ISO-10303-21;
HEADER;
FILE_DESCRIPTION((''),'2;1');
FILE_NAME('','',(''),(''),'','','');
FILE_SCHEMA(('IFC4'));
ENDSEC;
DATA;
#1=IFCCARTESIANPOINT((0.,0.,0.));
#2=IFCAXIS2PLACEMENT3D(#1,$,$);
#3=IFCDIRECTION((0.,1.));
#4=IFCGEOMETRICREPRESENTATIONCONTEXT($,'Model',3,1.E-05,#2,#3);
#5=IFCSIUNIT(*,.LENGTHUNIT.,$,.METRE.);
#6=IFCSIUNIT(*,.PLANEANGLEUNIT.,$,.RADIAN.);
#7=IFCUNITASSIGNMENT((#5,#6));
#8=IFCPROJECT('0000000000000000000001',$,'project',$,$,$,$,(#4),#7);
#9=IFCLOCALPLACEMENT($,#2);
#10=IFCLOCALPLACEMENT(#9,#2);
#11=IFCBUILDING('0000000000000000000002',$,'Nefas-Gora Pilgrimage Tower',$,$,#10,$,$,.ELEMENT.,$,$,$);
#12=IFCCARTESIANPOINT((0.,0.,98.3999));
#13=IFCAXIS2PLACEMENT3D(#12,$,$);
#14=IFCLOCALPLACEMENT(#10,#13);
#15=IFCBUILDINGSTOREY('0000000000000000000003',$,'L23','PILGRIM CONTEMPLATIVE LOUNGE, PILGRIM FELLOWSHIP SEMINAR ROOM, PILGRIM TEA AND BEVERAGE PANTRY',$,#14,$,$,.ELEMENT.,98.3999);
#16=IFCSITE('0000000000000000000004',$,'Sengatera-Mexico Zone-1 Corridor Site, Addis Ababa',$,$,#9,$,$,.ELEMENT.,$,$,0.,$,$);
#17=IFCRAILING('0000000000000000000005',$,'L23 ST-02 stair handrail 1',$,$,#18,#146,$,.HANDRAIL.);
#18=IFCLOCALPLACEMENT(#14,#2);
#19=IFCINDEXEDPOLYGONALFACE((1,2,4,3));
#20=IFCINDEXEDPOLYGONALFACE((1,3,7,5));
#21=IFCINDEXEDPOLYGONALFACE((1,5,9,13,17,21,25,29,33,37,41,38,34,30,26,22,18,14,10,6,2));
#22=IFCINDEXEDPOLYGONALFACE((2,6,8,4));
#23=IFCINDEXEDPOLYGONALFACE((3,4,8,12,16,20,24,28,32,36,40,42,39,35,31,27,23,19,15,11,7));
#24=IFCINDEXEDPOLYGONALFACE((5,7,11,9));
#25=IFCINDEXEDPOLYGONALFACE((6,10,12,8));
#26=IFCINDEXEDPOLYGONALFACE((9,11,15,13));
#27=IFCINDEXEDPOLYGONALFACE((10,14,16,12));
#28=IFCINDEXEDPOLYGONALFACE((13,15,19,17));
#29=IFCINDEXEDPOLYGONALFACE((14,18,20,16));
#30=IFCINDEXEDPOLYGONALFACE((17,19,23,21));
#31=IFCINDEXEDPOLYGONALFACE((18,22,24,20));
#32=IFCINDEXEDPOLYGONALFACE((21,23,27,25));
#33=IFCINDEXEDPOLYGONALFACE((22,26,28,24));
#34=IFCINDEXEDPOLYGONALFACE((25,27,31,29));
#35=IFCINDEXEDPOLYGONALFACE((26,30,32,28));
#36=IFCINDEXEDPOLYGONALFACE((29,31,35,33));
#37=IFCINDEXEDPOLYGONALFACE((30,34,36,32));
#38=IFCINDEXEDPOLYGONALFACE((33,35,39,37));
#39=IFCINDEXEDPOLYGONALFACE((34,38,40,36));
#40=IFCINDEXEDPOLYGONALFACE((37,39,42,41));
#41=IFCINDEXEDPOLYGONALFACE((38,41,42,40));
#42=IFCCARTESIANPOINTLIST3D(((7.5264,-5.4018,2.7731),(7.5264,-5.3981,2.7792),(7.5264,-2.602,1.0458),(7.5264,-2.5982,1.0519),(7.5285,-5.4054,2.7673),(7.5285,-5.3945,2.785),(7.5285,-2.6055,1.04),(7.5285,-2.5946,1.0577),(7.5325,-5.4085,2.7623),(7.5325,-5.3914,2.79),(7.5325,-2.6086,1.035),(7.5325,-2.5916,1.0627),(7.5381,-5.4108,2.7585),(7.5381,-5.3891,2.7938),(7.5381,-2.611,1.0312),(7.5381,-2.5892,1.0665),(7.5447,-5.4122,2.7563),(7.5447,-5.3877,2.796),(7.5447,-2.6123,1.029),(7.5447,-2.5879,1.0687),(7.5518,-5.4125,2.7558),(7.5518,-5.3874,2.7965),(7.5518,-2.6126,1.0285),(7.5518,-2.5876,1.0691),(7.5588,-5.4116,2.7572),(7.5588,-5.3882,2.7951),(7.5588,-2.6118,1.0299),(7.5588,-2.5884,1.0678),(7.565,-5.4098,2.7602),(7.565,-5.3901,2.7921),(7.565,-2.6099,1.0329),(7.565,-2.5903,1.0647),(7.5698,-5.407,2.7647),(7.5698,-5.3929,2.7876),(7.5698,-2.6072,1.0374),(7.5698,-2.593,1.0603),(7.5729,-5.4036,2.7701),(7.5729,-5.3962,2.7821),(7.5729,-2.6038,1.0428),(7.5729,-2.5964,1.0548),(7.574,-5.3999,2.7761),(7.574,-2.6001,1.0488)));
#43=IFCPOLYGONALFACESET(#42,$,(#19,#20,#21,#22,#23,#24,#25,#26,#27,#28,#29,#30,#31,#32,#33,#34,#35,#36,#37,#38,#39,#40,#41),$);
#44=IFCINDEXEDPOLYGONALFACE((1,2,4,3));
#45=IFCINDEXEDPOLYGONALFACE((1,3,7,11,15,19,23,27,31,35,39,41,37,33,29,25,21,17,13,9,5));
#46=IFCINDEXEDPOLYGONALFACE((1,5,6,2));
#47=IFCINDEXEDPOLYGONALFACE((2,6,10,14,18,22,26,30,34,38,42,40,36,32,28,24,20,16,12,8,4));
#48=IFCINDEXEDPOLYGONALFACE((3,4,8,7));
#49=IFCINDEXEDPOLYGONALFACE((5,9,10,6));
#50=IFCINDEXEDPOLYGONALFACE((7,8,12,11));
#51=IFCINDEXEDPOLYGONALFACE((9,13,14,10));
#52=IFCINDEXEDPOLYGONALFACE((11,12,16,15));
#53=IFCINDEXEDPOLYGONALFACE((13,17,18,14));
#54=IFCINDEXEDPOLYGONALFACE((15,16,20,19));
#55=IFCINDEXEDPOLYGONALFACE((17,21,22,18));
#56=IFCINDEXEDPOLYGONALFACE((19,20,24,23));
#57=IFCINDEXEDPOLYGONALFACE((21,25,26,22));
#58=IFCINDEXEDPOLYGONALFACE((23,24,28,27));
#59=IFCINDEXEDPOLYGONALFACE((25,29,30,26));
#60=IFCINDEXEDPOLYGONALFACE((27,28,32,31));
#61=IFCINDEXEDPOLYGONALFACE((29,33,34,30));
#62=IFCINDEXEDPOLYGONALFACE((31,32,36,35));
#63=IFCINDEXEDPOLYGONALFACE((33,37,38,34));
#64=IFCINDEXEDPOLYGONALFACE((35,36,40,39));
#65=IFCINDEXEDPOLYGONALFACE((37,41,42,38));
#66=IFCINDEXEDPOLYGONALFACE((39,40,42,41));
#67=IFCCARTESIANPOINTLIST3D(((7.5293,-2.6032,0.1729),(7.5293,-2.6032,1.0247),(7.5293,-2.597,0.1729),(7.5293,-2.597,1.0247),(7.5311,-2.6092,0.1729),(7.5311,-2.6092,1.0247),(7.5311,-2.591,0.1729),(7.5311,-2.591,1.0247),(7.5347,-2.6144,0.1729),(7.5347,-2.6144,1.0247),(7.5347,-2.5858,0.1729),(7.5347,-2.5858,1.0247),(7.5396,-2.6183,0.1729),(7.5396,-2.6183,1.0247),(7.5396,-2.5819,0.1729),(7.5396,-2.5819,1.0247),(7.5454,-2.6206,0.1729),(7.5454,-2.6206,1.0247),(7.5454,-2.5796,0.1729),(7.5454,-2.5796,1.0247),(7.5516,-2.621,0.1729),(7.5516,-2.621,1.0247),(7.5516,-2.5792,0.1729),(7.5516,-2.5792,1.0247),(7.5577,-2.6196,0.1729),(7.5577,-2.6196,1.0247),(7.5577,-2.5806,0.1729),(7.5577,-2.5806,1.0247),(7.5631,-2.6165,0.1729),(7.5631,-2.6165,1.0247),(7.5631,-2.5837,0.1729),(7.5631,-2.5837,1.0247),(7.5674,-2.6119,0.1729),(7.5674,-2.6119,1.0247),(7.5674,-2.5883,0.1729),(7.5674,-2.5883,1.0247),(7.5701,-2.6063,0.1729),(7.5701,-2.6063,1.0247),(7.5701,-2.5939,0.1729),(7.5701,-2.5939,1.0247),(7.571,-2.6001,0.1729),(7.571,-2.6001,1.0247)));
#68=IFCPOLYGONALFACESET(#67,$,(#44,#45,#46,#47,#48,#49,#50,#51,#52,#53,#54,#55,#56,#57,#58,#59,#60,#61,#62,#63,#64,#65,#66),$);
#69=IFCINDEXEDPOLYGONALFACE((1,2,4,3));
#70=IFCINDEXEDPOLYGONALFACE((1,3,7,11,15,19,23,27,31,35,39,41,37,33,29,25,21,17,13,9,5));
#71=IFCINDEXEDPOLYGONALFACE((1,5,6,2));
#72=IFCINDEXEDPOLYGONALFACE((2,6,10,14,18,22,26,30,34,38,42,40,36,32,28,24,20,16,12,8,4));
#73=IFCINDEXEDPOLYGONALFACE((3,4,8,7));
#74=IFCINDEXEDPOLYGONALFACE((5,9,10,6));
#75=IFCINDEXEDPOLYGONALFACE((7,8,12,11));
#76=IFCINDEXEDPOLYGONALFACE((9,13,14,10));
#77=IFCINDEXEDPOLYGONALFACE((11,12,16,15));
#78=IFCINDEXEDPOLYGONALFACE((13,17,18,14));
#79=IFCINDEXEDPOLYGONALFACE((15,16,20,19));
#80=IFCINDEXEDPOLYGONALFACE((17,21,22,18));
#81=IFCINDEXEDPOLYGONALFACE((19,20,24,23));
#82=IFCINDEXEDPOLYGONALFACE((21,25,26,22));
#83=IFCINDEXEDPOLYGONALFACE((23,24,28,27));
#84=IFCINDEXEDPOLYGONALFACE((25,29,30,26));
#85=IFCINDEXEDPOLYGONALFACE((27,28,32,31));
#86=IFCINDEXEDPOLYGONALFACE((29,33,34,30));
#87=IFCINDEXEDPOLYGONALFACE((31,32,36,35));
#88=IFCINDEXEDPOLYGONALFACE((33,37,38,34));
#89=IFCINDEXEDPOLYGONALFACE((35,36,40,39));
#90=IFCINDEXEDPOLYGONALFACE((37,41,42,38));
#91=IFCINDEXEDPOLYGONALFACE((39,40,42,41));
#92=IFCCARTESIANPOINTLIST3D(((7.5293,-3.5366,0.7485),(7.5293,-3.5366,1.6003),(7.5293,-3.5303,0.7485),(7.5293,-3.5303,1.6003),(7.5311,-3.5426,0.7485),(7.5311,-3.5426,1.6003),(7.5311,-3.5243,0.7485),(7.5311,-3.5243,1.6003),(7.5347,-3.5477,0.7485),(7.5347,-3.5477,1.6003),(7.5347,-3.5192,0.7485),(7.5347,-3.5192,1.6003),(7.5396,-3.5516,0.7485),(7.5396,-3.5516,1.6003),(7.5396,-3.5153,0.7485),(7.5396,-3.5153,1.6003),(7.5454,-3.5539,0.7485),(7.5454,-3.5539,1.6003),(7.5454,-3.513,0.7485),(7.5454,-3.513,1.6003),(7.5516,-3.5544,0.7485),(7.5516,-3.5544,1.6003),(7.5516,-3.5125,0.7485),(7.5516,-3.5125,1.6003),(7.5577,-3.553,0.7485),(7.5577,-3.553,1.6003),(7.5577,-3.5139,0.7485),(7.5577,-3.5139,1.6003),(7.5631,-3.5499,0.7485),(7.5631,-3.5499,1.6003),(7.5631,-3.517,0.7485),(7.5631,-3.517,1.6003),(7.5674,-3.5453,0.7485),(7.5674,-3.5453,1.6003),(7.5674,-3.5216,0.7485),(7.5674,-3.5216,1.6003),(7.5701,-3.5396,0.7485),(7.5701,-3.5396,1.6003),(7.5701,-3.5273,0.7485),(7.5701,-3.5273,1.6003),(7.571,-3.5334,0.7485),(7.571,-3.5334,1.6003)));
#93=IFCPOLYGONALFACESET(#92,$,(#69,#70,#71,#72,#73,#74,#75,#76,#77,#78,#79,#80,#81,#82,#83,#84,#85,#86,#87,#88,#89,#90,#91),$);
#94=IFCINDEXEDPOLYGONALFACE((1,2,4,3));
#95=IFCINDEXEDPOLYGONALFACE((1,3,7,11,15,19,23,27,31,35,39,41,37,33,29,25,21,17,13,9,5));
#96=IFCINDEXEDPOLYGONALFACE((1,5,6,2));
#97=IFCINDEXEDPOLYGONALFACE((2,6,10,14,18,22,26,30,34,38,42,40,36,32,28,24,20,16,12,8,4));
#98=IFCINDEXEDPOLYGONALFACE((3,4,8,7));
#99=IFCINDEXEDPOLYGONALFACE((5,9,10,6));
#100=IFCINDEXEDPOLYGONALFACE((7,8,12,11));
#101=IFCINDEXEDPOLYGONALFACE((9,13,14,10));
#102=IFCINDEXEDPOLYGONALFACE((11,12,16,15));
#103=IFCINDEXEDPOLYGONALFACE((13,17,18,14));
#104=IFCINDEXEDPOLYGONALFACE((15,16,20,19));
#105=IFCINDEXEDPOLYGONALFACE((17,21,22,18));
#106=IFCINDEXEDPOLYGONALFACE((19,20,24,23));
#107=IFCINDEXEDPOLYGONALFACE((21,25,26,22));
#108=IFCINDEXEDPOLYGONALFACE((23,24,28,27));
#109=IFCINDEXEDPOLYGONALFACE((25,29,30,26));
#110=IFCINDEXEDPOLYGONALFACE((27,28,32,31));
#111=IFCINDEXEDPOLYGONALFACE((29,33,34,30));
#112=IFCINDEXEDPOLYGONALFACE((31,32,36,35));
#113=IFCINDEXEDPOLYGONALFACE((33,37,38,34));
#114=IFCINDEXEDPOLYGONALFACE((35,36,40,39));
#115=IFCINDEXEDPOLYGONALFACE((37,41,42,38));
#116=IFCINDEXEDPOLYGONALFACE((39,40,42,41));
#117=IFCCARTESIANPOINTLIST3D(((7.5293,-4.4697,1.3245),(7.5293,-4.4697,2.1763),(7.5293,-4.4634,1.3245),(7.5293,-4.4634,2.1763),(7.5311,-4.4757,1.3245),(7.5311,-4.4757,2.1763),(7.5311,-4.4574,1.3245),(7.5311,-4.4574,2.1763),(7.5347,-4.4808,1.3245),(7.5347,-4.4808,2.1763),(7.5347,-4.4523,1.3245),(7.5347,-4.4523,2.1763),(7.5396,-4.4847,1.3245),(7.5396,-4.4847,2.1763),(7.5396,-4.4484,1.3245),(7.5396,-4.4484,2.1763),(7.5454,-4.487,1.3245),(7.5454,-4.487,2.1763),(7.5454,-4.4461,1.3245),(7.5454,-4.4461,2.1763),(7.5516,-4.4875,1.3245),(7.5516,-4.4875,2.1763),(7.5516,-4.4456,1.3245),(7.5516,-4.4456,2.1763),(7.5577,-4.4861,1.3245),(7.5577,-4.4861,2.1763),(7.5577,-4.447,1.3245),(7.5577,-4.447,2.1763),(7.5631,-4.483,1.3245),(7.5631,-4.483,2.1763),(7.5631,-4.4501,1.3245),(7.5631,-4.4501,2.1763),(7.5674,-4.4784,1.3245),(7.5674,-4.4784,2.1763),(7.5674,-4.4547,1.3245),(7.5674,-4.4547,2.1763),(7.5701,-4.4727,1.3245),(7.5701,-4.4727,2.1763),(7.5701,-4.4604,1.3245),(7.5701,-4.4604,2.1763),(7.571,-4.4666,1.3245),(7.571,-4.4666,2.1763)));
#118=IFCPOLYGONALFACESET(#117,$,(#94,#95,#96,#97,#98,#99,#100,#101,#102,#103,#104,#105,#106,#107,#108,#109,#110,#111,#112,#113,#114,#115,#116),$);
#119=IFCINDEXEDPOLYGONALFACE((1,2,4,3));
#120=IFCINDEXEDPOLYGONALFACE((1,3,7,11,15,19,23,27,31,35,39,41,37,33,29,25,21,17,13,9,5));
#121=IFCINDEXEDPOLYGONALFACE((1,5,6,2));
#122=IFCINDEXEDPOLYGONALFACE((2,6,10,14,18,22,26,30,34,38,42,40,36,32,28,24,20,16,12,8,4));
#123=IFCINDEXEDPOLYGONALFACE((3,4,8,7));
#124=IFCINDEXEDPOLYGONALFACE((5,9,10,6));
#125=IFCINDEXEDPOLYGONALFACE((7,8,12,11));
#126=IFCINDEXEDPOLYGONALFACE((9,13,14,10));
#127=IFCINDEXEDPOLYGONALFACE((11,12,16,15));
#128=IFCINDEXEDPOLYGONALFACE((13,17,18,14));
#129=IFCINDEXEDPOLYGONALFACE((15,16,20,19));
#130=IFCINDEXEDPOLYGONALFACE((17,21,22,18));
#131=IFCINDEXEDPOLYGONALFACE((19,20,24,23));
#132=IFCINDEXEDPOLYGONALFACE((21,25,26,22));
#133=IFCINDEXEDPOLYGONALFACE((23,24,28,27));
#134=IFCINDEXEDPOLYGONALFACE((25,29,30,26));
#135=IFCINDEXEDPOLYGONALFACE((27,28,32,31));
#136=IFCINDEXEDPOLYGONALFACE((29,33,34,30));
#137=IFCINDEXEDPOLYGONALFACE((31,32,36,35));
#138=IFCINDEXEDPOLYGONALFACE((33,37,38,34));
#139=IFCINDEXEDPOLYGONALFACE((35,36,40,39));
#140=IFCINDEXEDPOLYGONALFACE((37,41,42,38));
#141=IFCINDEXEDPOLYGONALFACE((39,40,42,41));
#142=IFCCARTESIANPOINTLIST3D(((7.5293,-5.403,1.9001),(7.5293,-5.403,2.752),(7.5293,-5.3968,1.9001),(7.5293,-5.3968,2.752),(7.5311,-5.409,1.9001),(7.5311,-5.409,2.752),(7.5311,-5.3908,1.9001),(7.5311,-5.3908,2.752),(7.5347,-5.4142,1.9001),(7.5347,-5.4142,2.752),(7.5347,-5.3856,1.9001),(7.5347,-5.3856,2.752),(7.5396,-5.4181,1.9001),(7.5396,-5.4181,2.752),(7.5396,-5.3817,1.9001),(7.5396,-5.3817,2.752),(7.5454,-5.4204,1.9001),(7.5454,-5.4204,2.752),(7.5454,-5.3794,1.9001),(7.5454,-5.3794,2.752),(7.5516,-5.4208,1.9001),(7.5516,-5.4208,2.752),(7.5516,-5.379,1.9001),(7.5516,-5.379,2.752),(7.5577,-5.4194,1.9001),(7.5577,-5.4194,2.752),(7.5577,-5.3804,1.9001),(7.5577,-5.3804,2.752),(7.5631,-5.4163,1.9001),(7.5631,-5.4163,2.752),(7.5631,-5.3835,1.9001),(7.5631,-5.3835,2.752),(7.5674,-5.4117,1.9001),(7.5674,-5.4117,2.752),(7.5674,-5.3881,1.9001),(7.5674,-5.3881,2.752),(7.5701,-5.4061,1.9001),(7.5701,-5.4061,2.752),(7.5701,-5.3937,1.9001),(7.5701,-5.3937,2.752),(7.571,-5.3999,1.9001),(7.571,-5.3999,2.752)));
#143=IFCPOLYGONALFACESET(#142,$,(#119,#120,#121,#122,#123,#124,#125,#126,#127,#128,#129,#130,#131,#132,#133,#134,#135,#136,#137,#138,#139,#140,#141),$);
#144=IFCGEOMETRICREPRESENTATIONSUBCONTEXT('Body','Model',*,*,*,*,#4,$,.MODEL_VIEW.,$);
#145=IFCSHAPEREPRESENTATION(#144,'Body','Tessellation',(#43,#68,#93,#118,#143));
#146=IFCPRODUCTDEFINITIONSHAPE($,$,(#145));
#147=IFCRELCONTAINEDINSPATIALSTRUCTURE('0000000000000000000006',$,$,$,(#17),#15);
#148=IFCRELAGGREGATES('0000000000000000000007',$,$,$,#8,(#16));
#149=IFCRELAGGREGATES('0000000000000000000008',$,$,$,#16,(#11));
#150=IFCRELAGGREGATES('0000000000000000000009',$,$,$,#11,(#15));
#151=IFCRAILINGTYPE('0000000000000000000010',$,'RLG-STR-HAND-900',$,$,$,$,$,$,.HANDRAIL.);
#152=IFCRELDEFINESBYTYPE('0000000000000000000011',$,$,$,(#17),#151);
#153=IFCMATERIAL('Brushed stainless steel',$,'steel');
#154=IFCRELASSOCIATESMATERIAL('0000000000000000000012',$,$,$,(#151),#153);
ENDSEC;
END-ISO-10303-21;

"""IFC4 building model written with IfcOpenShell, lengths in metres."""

from ifc_helpers import new_model, si_unit, direction, frame, origin, origin_2d, place, context, subcontext, project, spatial, circle, extrude, material, type_object, element, save


model = new_model("IFC4")

# Units and contexts
model_context = context("Model", 3, precision=1e-05, world=origin(), true_north=direction((0.0, 1.0)))
body_context = subcontext(model_context, "Body", "Model", "MODEL_VIEW")
ifc_project = project(units=[si_unit("LENGTHUNIT", "METRE"), si_unit("PLANEANGLEUNIT", "RADIAN")], contexts=[model_context])

# Site, building, storey
site_placement = place(None, origin())
site = spatial("IfcSite", under=ifc_project, at=site_placement, Name="Sengatera-Mexico Zone-1 Corridor Site, Addis Ababa", CompositionType="ELEMENT", RefElevation=0.0)
building_placement = place(site_placement, origin())
building = spatial("IfcBuilding", under=site, at=building_placement, Name="Nefas-Gora Pilgrimage Tower", CompositionType="ELEMENT")
storey_placement = place(building_placement, frame((0.0, 0.0, 98.3999)))
storey = spatial("IfcBuildingStorey", under=building, at=storey_placement, Name="L23", Description="PILGRIM CONTEMPLATIVE LOUNGE, PILGRIM FELLOWSHIP SEMINAR ROOM, PILGRIM TEA AND BEVERAGE PANTRY", CompositionType="ELEMENT", Elevation=98.3999)

# Railing
ifc_material_1 = material(Name="Brushed stainless steel", Category="steel")
railing_type_1 = type_object("IfcRailingType", Name="RLG-STR-HAND-900", PredefinedType="HANDRAIL", material=ifc_material_1)
railing_1_placement = place(storey_placement, frame((7.55, -2.6001, 0.1729)))
element("IfcRailing", 1, at=railing_1_placement, inside=storey, type_object=railing_type_1, Name="L23 ST-02 stair handrail 1", PredefinedType="HANDRAIL", context=body_context, shape_type="SweptSolid", body=[
    extrude(circle(Radius=0.0239, at=origin_2d()), frame((0.0, 0.0, 0.876), z_axis=(0.0, -0.851069, 0.525054), x_axis=(1.0, 0.0, 0.0)), (0.0, 0.0, 1.0), 3.2898),
    extrude(circle(Radius=0.021, at=origin_2d()), origin(), (0.0, 0.0, 1.0), 0.8518),
    extrude(circle(Radius=0.021, at=origin_2d()), frame((0.0, -0.9333, 0.5757)), (0.0, 0.0, 1.0), 0.8518),
    extrude(circle(Radius=0.021, at=origin_2d()), frame((0.0, -1.8665, 1.1516)), (0.0, 0.0, 1.0), 0.8518),
    extrude(circle(Radius=0.021, at=origin_2d()), frame((0.0, -2.7998, 1.7273)), (0.0, 0.0, 1.0), 0.8518),
])

save(model, "model.ifc")
